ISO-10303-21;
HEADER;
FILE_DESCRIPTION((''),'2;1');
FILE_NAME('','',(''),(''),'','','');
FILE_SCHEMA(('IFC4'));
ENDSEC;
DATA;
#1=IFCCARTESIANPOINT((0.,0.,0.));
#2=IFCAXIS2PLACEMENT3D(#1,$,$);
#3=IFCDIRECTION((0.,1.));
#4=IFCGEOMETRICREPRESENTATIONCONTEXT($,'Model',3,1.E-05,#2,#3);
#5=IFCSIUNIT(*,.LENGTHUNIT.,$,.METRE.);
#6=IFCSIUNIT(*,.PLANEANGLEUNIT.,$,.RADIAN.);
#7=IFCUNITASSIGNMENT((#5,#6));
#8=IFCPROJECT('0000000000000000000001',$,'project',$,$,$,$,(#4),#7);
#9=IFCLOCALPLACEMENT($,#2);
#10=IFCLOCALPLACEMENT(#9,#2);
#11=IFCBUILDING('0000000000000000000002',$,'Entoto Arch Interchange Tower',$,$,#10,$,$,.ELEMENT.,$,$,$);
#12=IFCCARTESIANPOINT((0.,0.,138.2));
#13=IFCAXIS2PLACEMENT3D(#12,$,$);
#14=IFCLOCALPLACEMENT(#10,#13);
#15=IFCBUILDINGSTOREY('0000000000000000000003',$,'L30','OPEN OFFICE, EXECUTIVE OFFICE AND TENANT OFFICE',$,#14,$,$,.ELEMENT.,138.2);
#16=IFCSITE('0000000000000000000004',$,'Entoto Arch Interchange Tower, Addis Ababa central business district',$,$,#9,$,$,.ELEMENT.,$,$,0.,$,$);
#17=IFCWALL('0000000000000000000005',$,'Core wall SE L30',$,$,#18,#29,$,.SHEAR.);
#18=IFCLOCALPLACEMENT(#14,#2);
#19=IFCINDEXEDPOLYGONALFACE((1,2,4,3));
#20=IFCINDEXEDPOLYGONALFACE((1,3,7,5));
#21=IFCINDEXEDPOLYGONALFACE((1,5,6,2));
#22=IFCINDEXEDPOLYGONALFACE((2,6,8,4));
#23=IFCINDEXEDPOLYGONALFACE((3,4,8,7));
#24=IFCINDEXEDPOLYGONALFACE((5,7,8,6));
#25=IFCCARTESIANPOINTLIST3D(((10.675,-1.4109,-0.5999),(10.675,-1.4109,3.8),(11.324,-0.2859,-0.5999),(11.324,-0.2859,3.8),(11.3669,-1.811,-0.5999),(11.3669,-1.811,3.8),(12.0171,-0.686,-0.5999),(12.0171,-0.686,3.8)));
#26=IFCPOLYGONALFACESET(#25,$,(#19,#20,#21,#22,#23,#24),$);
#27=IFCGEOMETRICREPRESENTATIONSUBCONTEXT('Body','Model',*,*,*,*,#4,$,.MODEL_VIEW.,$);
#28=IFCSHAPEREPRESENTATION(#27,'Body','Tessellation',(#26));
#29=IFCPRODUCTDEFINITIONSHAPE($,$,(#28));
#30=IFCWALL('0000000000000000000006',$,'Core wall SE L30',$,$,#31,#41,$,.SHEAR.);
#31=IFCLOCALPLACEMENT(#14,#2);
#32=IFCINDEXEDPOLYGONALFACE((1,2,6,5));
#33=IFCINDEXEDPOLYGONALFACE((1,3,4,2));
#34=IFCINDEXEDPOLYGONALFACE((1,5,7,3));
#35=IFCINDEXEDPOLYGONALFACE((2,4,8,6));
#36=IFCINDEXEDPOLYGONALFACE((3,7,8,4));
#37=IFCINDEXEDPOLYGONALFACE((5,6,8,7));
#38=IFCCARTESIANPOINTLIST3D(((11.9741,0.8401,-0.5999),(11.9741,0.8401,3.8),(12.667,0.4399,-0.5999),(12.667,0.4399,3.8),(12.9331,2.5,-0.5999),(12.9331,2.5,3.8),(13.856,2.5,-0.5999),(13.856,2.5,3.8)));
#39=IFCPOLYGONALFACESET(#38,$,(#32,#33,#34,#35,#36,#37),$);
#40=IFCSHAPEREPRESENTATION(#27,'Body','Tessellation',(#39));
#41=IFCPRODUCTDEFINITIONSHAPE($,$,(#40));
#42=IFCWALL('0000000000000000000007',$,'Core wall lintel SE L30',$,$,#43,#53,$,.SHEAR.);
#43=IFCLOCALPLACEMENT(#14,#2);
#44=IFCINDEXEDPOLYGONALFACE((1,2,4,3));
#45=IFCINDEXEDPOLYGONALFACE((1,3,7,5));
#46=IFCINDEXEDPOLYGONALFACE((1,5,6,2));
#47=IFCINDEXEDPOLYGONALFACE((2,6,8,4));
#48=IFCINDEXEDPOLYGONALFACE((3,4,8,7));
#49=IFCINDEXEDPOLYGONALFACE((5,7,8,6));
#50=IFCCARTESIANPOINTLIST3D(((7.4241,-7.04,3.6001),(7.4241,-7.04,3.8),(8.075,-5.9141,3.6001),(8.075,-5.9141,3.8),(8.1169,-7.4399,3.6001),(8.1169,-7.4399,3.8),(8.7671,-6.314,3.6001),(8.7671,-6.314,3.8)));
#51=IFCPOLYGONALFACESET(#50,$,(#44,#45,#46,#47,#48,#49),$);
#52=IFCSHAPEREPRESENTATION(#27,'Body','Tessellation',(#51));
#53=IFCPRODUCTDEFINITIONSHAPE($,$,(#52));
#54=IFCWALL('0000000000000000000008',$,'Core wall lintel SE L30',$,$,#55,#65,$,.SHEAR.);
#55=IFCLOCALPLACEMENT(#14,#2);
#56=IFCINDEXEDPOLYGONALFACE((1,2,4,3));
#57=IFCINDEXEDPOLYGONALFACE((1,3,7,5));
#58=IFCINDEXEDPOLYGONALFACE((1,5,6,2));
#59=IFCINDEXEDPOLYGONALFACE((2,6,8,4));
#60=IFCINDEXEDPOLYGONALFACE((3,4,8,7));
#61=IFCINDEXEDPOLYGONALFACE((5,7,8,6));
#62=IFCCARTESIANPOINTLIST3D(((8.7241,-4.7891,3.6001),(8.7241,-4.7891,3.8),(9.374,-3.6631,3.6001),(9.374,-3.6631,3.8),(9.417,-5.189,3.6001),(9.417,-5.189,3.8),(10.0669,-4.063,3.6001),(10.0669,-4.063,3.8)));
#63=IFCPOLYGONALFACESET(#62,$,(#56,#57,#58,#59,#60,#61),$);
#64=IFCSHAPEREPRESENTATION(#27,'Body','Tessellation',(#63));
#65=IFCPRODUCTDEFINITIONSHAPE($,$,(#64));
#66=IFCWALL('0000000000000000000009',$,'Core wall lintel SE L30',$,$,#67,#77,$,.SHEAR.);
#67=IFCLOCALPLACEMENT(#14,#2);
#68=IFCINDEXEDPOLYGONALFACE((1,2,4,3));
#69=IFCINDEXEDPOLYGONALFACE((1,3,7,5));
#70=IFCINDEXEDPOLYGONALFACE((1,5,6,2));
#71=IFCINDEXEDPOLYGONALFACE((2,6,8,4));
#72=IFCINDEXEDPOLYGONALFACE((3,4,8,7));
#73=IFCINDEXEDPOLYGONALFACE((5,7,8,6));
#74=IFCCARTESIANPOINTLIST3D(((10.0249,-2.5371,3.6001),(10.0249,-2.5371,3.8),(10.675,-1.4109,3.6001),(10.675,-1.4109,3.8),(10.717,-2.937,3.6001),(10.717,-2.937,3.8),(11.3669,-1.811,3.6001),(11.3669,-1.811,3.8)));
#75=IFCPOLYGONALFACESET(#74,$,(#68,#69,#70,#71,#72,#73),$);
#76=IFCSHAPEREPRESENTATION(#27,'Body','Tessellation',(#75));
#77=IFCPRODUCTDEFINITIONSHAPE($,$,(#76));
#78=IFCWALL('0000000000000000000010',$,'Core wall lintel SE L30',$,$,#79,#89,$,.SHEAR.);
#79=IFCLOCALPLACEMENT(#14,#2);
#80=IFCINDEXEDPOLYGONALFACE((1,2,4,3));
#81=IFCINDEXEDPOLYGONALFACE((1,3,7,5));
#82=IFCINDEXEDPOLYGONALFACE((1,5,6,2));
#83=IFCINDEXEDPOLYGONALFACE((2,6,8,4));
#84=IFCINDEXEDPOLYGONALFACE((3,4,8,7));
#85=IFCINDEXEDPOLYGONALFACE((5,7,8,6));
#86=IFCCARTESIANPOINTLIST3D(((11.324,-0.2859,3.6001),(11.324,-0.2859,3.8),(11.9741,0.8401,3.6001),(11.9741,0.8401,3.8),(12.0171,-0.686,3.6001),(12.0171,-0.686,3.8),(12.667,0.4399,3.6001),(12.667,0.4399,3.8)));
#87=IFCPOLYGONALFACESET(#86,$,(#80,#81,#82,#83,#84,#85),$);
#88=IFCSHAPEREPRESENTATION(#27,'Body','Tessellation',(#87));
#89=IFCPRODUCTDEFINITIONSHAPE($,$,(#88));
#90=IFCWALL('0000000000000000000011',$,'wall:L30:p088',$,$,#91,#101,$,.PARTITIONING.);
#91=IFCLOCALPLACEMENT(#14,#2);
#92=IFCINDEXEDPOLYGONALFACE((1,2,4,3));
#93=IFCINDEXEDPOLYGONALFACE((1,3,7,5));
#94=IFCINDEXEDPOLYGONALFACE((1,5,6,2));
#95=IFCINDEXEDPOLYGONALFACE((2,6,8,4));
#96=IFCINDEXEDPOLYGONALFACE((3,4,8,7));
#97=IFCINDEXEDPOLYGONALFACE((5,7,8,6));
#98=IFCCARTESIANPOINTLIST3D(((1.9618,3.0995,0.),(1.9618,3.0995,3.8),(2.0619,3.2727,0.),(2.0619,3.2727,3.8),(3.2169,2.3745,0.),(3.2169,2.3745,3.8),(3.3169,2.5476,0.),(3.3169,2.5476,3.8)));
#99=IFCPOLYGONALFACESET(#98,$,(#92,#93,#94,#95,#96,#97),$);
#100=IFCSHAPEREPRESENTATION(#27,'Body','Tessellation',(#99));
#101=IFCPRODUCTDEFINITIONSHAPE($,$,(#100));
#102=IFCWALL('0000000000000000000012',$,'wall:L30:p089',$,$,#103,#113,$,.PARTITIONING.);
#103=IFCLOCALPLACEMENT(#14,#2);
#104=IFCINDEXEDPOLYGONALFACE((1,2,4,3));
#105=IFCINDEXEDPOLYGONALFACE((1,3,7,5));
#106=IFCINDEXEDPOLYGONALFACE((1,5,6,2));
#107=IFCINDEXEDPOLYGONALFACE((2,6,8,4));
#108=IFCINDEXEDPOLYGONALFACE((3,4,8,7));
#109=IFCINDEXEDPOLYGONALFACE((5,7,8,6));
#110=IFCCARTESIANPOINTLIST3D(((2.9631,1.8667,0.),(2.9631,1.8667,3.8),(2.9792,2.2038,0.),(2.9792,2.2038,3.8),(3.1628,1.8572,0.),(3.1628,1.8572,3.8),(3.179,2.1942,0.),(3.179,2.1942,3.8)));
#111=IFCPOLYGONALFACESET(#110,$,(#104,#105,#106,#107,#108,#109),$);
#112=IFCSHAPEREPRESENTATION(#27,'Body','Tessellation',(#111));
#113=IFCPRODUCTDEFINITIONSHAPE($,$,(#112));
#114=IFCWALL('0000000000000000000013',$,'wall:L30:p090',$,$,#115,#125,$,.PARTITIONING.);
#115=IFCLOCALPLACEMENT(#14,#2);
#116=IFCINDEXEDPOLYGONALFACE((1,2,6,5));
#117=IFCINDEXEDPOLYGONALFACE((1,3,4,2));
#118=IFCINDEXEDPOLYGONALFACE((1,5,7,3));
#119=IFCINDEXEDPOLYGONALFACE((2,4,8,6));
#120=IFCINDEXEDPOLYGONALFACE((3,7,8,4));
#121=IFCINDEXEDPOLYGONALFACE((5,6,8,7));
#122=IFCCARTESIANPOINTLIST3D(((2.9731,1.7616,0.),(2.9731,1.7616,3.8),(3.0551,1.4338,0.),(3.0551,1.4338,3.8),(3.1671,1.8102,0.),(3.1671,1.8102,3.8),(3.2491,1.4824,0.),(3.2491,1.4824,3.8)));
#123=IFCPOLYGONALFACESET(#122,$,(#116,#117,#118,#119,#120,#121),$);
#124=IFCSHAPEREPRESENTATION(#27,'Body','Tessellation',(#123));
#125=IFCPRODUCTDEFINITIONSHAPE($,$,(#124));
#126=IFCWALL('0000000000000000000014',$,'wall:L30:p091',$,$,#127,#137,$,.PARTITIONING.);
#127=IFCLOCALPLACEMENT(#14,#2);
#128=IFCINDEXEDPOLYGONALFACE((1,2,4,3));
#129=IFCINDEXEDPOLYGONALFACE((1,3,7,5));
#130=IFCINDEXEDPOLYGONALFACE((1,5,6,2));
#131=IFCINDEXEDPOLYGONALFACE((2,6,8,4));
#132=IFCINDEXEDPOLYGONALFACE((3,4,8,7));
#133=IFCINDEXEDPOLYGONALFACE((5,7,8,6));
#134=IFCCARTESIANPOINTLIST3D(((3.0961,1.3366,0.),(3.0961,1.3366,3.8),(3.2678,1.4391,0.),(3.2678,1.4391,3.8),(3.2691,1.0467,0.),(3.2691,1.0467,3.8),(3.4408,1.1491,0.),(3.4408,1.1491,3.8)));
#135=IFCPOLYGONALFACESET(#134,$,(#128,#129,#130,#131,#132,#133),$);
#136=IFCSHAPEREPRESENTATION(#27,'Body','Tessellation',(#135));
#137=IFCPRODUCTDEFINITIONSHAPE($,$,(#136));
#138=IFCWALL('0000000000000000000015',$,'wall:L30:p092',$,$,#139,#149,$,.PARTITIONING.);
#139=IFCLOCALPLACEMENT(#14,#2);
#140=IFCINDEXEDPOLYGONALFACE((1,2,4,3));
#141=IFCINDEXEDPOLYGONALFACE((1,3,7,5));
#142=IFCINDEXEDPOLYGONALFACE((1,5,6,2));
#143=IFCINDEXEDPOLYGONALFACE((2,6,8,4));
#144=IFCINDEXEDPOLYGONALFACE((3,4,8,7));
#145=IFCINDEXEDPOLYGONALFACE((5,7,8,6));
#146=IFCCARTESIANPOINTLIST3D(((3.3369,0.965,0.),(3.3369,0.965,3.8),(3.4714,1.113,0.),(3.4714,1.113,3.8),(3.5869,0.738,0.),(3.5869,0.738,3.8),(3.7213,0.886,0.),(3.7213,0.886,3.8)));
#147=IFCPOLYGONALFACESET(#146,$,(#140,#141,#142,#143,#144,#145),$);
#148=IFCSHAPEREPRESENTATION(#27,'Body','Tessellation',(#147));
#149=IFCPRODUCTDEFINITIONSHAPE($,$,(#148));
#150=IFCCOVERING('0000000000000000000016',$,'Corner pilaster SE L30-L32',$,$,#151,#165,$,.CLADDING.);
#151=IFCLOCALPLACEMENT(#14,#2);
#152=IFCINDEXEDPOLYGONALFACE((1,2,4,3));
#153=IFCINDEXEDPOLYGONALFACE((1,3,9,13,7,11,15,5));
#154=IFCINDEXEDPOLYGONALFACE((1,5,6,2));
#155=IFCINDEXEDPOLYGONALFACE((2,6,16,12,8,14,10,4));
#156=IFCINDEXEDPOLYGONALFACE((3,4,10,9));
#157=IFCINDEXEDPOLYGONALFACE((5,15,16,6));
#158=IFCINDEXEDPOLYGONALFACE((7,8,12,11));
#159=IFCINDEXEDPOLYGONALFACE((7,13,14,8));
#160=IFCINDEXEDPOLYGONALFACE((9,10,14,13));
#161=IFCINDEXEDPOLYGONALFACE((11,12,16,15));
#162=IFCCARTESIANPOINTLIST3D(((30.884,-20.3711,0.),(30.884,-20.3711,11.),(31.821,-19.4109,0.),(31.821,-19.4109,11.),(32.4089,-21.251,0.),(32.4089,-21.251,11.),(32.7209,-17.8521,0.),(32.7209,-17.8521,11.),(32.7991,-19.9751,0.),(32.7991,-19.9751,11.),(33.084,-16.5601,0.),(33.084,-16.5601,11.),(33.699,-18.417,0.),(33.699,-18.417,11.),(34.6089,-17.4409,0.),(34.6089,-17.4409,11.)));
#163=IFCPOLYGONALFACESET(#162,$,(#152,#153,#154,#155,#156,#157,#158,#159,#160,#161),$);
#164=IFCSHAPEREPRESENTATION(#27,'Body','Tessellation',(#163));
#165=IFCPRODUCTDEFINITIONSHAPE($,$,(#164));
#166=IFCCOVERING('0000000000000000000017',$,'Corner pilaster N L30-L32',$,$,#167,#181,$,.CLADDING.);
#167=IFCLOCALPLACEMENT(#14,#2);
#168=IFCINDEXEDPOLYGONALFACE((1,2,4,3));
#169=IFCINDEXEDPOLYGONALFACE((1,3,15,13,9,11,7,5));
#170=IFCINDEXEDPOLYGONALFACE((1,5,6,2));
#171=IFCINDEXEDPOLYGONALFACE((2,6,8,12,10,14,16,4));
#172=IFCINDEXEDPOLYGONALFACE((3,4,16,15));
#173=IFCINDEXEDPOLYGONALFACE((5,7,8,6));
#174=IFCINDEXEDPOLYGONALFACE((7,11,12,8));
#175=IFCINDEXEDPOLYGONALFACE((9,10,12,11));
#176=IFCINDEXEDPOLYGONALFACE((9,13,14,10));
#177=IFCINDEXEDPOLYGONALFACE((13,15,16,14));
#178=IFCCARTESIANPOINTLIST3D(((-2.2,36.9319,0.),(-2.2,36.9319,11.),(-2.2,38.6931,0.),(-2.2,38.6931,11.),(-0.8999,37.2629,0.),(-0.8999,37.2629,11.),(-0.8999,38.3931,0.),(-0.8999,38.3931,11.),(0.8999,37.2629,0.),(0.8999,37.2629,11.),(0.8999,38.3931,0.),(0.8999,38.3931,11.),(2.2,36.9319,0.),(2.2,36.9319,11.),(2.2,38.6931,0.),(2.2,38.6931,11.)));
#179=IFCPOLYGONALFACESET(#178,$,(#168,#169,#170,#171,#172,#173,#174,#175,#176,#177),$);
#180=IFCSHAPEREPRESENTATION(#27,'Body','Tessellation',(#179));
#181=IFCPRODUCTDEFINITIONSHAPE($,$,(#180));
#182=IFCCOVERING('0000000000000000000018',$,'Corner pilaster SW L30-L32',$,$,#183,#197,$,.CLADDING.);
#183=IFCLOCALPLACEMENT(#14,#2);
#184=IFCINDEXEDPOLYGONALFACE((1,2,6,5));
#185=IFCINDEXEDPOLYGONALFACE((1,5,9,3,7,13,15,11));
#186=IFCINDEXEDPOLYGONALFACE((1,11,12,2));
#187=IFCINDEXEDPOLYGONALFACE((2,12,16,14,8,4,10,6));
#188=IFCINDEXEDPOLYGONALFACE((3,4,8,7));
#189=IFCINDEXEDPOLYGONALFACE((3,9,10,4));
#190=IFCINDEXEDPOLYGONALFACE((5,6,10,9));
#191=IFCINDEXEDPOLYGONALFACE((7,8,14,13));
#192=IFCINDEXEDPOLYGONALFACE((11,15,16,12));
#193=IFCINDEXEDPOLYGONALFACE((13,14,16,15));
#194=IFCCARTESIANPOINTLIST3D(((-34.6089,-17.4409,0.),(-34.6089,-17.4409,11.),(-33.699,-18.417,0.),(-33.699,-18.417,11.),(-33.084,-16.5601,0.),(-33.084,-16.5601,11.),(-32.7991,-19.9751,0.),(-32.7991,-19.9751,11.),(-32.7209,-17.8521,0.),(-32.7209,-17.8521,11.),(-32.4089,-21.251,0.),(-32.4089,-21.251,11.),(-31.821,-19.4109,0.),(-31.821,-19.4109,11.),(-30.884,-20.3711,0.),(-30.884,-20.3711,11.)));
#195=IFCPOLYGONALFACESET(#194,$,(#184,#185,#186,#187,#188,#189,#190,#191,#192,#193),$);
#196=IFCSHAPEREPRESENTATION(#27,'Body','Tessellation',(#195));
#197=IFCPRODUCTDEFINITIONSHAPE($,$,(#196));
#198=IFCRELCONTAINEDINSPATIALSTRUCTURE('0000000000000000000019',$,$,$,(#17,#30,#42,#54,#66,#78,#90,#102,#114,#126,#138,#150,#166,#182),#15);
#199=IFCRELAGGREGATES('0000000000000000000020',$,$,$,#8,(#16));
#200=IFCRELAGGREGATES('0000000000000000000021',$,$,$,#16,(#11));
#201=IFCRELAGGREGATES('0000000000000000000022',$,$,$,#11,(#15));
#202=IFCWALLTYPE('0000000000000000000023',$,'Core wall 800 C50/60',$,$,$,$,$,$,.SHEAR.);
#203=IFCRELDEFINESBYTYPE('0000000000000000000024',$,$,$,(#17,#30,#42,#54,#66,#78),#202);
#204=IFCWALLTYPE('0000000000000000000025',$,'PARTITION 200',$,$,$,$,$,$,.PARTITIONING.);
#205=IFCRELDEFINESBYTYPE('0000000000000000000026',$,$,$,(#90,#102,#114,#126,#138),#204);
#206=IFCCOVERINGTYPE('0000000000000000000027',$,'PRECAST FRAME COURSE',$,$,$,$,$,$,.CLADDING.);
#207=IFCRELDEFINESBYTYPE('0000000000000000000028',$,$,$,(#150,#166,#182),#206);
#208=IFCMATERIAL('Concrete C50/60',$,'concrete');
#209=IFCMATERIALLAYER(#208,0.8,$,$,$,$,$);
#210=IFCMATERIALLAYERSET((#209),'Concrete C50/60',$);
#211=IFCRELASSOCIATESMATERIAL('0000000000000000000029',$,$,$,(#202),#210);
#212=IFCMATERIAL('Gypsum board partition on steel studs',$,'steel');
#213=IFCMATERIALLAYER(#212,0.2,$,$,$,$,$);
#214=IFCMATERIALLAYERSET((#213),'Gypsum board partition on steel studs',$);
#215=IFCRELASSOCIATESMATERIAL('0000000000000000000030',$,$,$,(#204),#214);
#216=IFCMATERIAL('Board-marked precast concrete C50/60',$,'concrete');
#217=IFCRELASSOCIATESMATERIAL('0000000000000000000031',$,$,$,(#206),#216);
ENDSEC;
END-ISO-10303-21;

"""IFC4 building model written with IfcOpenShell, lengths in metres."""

from ifc_helpers import new_model, si_unit, direction, frame, frame_2d, origin, place, context, subcontext, project, spatial, polyline, rectangle, outline, extrude, material, layer, layer_set, type_object, element, save


model = new_model("IFC4")

# Units and contexts
model_context = context("Model", 3, precision=1e-05, world=origin(), true_north=direction((0.0, 1.0)))
body_context = subcontext(model_context, "Body", "Model", "MODEL_VIEW")
ifc_project = project(units=[si_unit("LENGTHUNIT", "METRE"), si_unit("PLANEANGLEUNIT", "RADIAN")], contexts=[model_context])

# Site, building, storey
site_placement = place(None, origin())
site = spatial("IfcSite", under=ifc_project, at=site_placement, Name="Entoto Arch Interchange Tower, Addis Ababa central business district", CompositionType="ELEMENT", RefElevation=0.0)
building_placement = place(site_placement, origin())
building = spatial("IfcBuilding", under=site, at=building_placement, Name="Entoto Arch Interchange Tower", CompositionType="ELEMENT")
storey_placement = place(building_placement, frame((0.0, 0.0, 138.2)))
storey = spatial("IfcBuildingStorey", under=building, at=storey_placement, Name="L30", Description="OPEN OFFICE, EXECUTIVE OFFICE AND TENANT OFFICE", CompositionType="ELEMENT", Elevation=138.2)

# Walls
ifc_material_1 = material(Name="Concrete C50/60", Category="concrete")
ifc_layer_1 = layer(ifc_material_1, 0.8)
ifc_layer_set_1 = layer_set([ifc_layer_1], Name="Concrete C50/60")
wall_type_1 = type_object("IfcWallType", Name="Core wall 800 C50/60", PredefinedType="SHEAR", material=ifc_layer_set_1)
wall_1_placement = place(storey_placement, frame((0.0, 0.0, -0.5999)))
element("IfcWall", 1, at=wall_1_placement, inside=storey, type_object=wall_type_1, Name="Core wall SE L30", PredefinedType="SHEAR", context=body_context, shape_type="SweptSolid", body=[
    extrude(outline(polyline([(12.0171, -0.686), (11.324, -0.2859), (10.675, -1.4109), (11.3669, -1.811), (12.0171, -0.686)])), origin(), (0.0, 0.0, 1.0), 4.3999),
])
wall_2_placement = place(storey_placement, frame((0.0, 0.0, -0.5999)))
element("IfcWall", 2, at=wall_2_placement, inside=storey, type_object=wall_type_1, Name="Core wall SE L30", PredefinedType="SHEAR", context=body_context, shape_type="SweptSolid", body=[
    extrude(outline(polyline([(11.9741, 0.8401), (12.667, 0.4399), (13.856, 2.5), (12.9331, 2.5), (11.9741, 0.8401)])), origin(), (0.0, 0.0, 1.0), 4.3999),
])
wall_3_placement = place(storey_placement, frame((0.0, 0.0, 3.6001)))
element("IfcWall", 3, at=wall_3_placement, inside=storey, type_object=wall_type_1, Name="Core wall lintel SE L30", PredefinedType="SHEAR", context=body_context, shape_type="SweptSolid", body=[
    extrude(outline(polyline([(8.7671, -6.314), (8.075, -5.9141), (7.4241, -7.04), (8.1169, -7.4399), (8.7671, -6.314)])), origin(), (0.0, 0.0, 1.0), 0.2),
])
wall_4_placement = place(storey_placement, frame((0.0, 0.0, 3.6001)))
element("IfcWall", 4, at=wall_4_placement, inside=storey, type_object=wall_type_1, Name="Core wall lintel SE L30", PredefinedType="SHEAR", context=body_context, shape_type="SweptSolid", body=[
    extrude(outline(polyline([(10.0669, -4.063), (9.374, -3.6631), (8.7241, -4.7891), (9.417, -5.189), (10.0669, -4.063)])), origin(), (0.0, 0.0, 1.0), 0.2),
])
wall_5_placement = place(storey_placement, frame((0.0, 0.0, 3.6001)))
element("IfcWall", 5, at=wall_5_placement, inside=storey, type_object=wall_type_1, Name="Core wall lintel SE L30", PredefinedType="SHEAR", context=body_context, shape_type="SweptSolid", body=[
    extrude(outline(polyline([(11.3669, -1.811), (10.675, -1.4109), (10.0249, -2.5371), (10.717, -2.937), (11.3669, -1.811)])), origin(), (0.0, 0.0, 1.0), 0.2),
])
wall_6_placement = place(storey_placement, frame((0.0, 0.0, 3.6001)))
element("IfcWall", 6, at=wall_6_placement, inside=storey, type_object=wall_type_1, Name="Core wall lintel SE L30", PredefinedType="SHEAR", context=body_context, shape_type="SweptSolid", body=[
    extrude(outline(polyline([(12.667, 0.4399), (11.9741, 0.8401), (11.324, -0.2859), (12.0171, -0.686), (12.667, 0.4399)])), origin(), (0.0, 0.0, 1.0), 0.2),
])
ifc_material_2 = material(Name="Gypsum board partition on steel studs", Category="steel")
ifc_layer_2 = layer(ifc_material_2, 0.2)
ifc_layer_set_2 = layer_set([ifc_layer_2], Name="Gypsum board partition on steel studs")
wall_type_2 = type_object("IfcWallType", Name="PARTITION 200", PredefinedType="PARTITIONING", material=ifc_layer_set_2)
wall_7_placement = place(storey_placement, frame((2.012, 3.186, 0.0), z_axis=(0.0, 0.0, 1.0), x_axis=(0.865891, -0.500233, 0.0)))
element("IfcWall", 7, at=wall_7_placement, inside=storey, type_object=wall_type_2, Name="wall:L30:p088", PredefinedType="PARTITIONING", context=body_context, shape_type="SweptSolid", body=[
    extrude(rectangle(XDim=1.4495, YDim=0.2, at=frame_2d((0.7246, 0.0))), origin(), (0.0, 0.0, 1.0), 3.8),
])
wall_8_placement = place(storey_placement, frame((3.0791, 2.199, 0.0), z_axis=(0.0, 0.0, 1.0), x_axis=(-0.047771, -0.998858, 0.0)))
element("IfcWall", 8, at=wall_8_placement, inside=storey, type_object=wall_type_2, Name="wall:L30:p089", PredefinedType="PARTITIONING", context=body_context, shape_type="SweptSolid", body=[
    extrude(rectangle(XDim=0.3374, YDim=0.2, at=frame_2d((0.1687, 0.0))), origin(), (0.0, 0.0, 1.0), 3.8),
])
wall_9_placement = place(storey_placement, frame((3.0701, 1.7859, 0.0), z_axis=(0.0, 0.0, 1.0), x_axis=(0.242706, -0.9701, 0.0)))
element("IfcWall", 9, at=wall_9_placement, inside=storey, type_object=wall_type_2, Name="wall:L30:p090", PredefinedType="PARTITIONING", context=body_context, shape_type="SweptSolid", body=[
    extrude(rectangle(XDim=0.3379, YDim=0.2, at=frame_2d((0.1689, 0.0))), origin(), (0.0, 0.0, 1.0), 3.8),
])
for number, where, z_axis, x_axis, name in (
    (10, (3.1819, 1.3879, 0.0), (0.0, 0.0, 1.0), (0.512475, -0.858702, 0.0), "wall:L30:p091"),
    (11, (3.4041, 1.0391, 0.0), (0.0, 0.0, 1.0), (0.740267, -0.672313, 0.0), "wall:L30:p092"),
):
    element("IfcWall", number, at=place(storey_placement, frame(where, z_axis=z_axis, x_axis=x_axis)), inside=storey, type_object=wall_type_2, Name=name, PredefinedType="PARTITIONING", context=body_context, shape_type="SweptSolid", body=[
        extrude(rectangle(XDim=0.3376, YDim=0.2, at=frame_2d((0.1689, 0.0))), origin(), (0.0, 0.0, 1.0), 3.8),
    ])

# Coverings
ifc_material_3 = material(Name="Board-marked precast concrete C50/60", Category="concrete")
covering_type = type_object("IfcCoveringType", Name="PRECAST FRAME COURSE", PredefinedType="CLADDING", material=ifc_material_3)
covering_1_placement = place(storey_placement, origin())
element("IfcCovering", 12, at=covering_1_placement, inside=storey, type_object=covering_type, Name="Corner pilaster SE L30-L32", PredefinedType="CLADDING", context=body_context, shape_type="SweptSolid", body=[
    extrude(outline(polyline([(34.6089, -17.4409), (32.4089, -21.251), (30.884, -20.3711), (31.821, -19.4109), (32.7991, -19.9751), (33.699, -18.417), (32.7209, -17.8521), (33.084, -16.5601), (34.6089, -17.4409)])), origin(), (0.0, 0.0, 1.0), 11.0),
])
covering_2_placement = place(storey_placement, origin())
element("IfcCovering", 13, at=covering_2_placement, inside=storey, type_object=covering_type, Name="Corner pilaster N L30-L32", PredefinedType="CLADDING", context=body_context, shape_type="SweptSolid", body=[
    extrude(outline(polyline([(-2.2, 38.6931), (2.2, 38.6931), (2.2, 36.9319), (0.8999, 37.2629), (0.8999, 38.3931), (-0.8999, 38.3931), (-0.8999, 37.2629), (-2.2, 36.9319), (-2.2, 38.6931)])), origin(), (0.0, 0.0, 1.0), 11.0),
])
covering_3_placement = place(storey_placement, origin())
element("IfcCovering", 14, at=covering_3_placement, inside=storey, type_object=covering_type, Name="Corner pilaster SW L30-L32", PredefinedType="CLADDING", context=body_context, shape_type="SweptSolid", body=[
    extrude(outline(polyline([(-32.4089, -21.251), (-34.6089, -17.4409), (-33.084, -16.5601), (-32.7209, -17.8521), (-33.699, -18.417), (-32.7991, -19.9751), (-31.821, -19.4109), (-30.884, -20.3711), (-32.4089, -21.251)])), origin(), (0.0, 0.0, 1.0), 11.0),
])

save(model, "model.ifc")
